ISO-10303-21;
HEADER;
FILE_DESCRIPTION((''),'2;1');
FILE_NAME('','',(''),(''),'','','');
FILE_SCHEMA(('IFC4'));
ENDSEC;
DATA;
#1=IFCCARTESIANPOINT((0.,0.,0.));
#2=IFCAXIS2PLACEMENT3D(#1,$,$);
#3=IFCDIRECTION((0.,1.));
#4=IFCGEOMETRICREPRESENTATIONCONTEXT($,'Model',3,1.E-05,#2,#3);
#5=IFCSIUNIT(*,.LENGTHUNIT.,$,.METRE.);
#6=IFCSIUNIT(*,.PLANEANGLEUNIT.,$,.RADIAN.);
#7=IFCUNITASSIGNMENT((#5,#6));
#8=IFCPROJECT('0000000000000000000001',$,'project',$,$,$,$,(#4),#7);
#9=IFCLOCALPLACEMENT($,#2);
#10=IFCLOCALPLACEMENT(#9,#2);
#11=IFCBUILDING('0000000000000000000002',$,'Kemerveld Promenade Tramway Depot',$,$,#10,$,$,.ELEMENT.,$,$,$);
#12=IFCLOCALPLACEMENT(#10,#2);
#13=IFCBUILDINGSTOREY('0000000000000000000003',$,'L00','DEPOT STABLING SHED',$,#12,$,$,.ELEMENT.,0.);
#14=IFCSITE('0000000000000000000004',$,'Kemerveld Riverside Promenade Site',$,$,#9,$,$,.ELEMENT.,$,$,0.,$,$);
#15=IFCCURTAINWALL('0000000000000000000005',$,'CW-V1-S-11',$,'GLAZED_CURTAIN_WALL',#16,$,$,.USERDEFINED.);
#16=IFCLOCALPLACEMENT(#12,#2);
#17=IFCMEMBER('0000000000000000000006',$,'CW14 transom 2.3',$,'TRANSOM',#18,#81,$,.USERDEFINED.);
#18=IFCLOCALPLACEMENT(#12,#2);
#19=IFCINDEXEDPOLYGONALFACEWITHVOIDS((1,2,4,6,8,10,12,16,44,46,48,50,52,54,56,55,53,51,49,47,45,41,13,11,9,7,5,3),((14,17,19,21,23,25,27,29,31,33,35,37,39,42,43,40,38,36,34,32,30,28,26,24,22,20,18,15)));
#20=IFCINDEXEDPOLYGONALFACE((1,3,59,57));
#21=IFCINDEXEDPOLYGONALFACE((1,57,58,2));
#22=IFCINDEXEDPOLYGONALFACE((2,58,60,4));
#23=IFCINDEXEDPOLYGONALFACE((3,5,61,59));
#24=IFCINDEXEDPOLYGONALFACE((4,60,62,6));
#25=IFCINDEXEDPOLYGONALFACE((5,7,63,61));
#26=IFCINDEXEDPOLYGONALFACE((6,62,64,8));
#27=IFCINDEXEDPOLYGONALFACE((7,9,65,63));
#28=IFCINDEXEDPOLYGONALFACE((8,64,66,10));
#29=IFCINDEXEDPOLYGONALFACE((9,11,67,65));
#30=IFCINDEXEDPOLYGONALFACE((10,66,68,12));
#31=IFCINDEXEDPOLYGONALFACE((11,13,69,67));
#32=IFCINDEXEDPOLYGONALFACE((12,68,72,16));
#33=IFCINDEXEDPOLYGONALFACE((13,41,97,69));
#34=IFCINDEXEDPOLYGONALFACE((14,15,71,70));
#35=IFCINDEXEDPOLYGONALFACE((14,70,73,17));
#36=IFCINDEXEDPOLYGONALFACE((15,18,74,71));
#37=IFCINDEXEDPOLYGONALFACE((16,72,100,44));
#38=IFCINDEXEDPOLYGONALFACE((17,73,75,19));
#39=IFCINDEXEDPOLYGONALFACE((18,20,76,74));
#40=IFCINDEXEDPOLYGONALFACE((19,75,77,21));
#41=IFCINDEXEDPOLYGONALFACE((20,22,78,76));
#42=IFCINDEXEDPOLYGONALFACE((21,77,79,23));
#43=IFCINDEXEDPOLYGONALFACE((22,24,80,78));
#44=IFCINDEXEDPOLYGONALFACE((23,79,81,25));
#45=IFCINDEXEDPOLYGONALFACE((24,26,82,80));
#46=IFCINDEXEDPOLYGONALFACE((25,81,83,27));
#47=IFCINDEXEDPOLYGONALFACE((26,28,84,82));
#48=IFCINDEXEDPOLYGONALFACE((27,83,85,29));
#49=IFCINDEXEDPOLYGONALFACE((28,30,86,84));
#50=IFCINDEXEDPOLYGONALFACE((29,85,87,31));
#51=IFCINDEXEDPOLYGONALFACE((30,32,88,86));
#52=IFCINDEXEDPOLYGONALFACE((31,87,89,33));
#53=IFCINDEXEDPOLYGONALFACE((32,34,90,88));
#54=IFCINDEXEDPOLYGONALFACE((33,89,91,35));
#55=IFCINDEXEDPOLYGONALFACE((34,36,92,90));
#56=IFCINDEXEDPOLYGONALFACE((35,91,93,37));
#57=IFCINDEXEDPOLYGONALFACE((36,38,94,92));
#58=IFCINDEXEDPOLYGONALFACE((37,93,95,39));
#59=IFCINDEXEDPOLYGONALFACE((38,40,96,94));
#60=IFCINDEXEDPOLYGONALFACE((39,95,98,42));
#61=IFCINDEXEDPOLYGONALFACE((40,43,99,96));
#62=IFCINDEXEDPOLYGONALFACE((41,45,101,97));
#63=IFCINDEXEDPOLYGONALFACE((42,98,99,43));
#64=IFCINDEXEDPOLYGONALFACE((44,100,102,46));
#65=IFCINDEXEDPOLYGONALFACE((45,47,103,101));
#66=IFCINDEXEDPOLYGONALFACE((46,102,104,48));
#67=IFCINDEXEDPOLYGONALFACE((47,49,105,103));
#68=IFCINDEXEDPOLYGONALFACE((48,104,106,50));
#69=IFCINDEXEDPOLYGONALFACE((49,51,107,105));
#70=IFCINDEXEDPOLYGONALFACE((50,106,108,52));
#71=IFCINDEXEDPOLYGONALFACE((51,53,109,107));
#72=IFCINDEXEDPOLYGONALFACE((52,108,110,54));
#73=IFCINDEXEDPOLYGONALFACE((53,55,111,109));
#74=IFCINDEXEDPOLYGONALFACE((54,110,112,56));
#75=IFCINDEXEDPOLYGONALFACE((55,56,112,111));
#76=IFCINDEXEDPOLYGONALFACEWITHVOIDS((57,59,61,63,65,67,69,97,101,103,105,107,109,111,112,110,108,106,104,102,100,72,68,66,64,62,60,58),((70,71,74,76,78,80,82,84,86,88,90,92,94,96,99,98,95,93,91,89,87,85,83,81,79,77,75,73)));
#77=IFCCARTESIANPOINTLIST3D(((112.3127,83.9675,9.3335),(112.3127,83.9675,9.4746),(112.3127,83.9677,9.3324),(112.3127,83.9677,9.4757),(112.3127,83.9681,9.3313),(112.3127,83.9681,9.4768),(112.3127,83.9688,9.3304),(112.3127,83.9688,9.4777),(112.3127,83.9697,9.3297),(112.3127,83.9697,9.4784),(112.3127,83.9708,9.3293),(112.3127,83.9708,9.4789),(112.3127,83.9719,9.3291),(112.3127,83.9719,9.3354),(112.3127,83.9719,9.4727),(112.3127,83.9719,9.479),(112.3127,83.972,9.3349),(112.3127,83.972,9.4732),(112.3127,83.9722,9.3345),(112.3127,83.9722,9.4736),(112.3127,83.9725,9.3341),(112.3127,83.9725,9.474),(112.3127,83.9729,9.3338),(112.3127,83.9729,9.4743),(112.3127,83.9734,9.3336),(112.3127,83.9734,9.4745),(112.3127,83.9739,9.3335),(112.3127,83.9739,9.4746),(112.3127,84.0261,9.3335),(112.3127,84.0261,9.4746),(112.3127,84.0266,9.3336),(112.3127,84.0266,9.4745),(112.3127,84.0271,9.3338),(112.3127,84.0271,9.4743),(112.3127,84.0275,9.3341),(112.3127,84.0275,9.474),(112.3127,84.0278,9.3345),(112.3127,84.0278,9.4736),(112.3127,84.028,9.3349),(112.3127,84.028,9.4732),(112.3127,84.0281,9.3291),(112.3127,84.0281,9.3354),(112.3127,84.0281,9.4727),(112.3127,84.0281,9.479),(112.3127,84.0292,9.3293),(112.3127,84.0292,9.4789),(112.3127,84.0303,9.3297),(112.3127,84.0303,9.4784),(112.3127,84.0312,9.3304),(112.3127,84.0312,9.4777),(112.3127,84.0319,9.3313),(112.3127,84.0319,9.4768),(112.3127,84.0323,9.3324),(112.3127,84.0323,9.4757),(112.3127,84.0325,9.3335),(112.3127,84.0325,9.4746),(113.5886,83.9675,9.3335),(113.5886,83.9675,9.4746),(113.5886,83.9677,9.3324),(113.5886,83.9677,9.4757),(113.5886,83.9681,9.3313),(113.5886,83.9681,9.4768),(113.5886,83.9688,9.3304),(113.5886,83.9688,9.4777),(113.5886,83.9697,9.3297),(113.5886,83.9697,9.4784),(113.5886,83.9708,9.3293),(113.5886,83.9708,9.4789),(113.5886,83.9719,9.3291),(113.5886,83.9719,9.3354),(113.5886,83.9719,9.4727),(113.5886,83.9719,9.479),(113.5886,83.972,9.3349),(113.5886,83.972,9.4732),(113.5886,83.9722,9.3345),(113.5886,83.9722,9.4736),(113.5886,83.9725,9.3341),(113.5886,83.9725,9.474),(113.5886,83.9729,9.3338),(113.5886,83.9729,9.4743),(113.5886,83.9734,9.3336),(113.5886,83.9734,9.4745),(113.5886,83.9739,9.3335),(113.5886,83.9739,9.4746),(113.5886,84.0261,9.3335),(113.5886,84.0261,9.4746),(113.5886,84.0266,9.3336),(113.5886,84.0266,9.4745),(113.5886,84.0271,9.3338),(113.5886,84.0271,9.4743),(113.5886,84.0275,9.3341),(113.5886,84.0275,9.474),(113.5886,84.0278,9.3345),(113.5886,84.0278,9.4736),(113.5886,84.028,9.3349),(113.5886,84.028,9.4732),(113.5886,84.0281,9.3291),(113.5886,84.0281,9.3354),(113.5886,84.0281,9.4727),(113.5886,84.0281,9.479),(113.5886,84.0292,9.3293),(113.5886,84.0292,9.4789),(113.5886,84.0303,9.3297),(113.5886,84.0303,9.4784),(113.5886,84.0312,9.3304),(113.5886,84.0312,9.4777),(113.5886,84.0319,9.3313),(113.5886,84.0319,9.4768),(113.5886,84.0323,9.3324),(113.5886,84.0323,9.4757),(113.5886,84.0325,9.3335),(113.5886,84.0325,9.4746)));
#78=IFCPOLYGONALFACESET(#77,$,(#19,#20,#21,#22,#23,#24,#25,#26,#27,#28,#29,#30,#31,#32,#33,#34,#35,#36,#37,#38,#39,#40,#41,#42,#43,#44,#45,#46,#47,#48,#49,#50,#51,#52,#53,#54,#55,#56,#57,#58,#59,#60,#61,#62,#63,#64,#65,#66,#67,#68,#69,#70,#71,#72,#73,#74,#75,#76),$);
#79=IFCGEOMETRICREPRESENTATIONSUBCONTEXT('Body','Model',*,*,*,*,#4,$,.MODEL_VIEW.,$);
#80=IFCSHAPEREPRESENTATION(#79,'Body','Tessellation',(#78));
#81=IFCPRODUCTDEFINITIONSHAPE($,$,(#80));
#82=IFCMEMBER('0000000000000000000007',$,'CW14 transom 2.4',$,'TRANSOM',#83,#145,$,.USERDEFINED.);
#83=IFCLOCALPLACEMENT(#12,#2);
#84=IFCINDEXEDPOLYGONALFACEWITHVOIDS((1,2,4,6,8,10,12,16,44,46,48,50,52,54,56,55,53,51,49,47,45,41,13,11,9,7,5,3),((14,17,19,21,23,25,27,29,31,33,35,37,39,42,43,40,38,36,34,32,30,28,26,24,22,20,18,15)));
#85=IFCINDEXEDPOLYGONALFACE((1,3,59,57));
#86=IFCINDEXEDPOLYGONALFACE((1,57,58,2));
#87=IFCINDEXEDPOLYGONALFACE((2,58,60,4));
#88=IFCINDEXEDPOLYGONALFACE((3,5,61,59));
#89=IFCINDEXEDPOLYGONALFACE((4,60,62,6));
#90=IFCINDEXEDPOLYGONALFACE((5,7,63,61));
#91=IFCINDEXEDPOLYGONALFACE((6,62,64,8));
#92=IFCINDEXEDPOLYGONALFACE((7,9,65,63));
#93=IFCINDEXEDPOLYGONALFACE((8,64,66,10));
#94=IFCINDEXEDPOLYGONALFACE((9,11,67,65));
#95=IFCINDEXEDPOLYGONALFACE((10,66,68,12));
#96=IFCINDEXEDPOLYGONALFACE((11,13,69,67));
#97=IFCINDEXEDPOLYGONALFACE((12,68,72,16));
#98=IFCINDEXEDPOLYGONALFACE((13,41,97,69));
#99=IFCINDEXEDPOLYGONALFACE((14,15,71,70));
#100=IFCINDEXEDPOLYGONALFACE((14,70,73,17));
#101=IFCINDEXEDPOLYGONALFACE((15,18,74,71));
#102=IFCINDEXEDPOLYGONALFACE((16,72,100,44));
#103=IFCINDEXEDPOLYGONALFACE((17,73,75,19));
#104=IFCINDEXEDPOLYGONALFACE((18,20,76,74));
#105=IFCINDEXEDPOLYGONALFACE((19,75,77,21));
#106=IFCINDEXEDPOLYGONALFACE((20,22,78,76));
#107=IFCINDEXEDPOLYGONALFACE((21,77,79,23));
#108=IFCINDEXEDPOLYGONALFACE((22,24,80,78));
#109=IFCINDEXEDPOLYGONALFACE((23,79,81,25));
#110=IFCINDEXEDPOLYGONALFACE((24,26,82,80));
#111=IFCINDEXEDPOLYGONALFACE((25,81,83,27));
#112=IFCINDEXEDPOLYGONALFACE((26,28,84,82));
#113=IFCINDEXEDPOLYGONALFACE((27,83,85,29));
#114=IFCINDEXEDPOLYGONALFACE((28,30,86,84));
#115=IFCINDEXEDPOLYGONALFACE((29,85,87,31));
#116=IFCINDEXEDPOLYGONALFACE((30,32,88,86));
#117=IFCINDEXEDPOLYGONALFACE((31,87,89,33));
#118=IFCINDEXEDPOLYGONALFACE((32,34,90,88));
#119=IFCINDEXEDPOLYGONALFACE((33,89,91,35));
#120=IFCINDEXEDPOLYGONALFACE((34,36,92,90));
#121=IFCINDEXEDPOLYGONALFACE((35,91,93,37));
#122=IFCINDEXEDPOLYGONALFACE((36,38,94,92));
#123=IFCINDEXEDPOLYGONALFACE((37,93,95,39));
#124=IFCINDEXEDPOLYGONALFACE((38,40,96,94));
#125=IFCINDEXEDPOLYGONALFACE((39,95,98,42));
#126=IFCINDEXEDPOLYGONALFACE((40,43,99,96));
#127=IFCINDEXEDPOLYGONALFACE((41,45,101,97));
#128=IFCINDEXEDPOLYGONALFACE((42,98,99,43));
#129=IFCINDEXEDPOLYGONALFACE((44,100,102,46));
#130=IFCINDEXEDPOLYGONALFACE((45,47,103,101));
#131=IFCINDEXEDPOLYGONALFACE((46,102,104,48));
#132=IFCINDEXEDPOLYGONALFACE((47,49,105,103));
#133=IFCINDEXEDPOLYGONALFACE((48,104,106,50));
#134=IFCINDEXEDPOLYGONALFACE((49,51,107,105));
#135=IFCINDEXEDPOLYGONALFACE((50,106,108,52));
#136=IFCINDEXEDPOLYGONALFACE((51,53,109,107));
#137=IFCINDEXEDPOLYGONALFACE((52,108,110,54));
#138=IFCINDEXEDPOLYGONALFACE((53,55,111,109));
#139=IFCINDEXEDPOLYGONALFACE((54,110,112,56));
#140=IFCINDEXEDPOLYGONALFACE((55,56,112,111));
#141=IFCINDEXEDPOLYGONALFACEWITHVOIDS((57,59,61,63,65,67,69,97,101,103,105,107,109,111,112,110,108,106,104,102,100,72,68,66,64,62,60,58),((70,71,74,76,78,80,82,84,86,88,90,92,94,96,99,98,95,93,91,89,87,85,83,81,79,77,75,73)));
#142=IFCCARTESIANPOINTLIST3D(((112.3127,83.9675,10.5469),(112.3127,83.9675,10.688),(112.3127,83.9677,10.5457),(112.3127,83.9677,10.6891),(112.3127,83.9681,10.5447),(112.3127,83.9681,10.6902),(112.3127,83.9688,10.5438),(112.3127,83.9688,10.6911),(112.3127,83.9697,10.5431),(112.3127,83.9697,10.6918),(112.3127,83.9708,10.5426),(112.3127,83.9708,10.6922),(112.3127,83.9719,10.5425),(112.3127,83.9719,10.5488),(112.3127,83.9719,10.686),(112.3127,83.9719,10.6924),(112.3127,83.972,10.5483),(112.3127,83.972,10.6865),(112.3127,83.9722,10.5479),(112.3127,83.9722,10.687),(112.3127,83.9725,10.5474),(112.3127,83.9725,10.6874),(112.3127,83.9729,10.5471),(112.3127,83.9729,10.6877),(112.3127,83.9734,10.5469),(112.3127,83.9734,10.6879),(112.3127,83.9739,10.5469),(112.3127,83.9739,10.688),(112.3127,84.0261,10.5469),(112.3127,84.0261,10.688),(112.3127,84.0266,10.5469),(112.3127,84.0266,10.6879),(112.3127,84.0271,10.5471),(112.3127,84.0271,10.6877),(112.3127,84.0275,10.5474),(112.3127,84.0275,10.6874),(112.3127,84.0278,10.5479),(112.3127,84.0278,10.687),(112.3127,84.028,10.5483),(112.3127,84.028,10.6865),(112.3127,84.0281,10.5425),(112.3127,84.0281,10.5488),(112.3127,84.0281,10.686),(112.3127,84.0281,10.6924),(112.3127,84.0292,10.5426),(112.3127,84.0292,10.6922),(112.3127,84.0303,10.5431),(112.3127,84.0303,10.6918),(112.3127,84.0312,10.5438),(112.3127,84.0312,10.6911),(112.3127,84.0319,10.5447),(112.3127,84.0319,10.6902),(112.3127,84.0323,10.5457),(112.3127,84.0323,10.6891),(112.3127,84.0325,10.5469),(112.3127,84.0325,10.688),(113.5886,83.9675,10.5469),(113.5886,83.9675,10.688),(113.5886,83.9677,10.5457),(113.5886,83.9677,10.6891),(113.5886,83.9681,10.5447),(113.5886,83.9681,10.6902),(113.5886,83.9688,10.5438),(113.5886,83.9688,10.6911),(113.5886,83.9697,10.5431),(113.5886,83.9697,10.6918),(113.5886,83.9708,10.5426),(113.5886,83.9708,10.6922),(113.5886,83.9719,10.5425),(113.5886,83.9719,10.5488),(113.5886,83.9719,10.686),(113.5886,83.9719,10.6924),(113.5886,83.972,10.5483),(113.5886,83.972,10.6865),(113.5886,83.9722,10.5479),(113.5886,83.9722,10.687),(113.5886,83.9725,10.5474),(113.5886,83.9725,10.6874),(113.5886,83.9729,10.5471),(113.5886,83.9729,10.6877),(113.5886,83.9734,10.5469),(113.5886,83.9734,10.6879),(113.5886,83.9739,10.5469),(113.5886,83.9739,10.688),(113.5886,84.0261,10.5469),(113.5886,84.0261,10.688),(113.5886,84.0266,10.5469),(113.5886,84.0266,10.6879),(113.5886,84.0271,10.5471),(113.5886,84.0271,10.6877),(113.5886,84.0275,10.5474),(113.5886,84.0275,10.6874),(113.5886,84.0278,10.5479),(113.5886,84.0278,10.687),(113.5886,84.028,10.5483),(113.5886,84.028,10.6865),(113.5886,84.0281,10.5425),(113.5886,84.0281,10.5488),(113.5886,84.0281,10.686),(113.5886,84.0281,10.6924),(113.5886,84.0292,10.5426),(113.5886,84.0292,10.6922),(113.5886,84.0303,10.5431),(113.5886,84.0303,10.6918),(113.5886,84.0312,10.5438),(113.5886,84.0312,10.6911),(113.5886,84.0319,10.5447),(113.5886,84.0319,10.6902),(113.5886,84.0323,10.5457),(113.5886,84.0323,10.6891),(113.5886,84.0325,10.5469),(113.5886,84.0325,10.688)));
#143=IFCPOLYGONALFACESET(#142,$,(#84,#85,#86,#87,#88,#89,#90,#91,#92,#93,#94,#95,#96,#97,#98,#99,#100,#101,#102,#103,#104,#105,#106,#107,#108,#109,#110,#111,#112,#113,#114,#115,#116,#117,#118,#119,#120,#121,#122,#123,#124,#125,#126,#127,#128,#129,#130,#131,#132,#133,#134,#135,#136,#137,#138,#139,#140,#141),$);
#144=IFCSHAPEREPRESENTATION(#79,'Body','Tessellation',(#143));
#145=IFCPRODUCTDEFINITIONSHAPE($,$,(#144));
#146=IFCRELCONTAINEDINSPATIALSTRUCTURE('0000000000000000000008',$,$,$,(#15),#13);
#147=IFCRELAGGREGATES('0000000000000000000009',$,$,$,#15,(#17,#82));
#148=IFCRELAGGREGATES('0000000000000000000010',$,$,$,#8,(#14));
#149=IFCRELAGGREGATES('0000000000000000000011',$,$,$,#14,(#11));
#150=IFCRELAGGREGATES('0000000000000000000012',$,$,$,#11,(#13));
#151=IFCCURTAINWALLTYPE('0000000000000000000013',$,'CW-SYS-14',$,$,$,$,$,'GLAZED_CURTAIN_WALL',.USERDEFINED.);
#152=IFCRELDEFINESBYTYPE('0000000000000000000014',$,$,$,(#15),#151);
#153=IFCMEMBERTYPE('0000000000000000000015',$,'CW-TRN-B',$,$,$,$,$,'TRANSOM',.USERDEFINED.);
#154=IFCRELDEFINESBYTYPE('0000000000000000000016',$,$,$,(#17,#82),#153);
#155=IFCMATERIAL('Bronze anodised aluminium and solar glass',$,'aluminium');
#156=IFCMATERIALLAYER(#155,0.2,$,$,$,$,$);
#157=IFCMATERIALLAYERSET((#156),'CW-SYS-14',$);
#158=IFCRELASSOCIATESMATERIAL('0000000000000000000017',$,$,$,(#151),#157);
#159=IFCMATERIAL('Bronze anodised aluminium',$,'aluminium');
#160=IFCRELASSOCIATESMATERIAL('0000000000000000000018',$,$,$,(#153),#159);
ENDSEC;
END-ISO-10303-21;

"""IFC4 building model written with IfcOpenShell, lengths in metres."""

from ifc_helpers import new_model, si_unit, direction, frame, origin, origin_2d, place, context, subcontext, project, spatial, hollow_rectangle, extrude, material, layer, layer_set, material_profile, profile_set, type_object, element, aggregate, save


model = new_model("IFC4")

# Units and contexts
model_context = context("Model", 3, precision=1e-05, world=origin(), true_north=direction((0.0, 1.0)))
body_context = subcontext(model_context, "Body", "Model", "MODEL_VIEW")
ifc_project = project(units=[si_unit("LENGTHUNIT", "METRE"), si_unit("PLANEANGLEUNIT", "RADIAN")], contexts=[model_context])

# Site, building, storey
site_placement = place(None, origin())
site = spatial("IfcSite", under=ifc_project, at=site_placement, Name="Kemerveld Riverside Promenade Site", CompositionType="ELEMENT", RefElevation=0.0)
building_placement = place(site_placement, origin())
building = spatial("IfcBuilding", under=site, at=building_placement, Name="Kemerveld Promenade Tramway Depot", CompositionType="ELEMENT")
storey_placement = place(building_placement, origin())
storey = spatial("IfcBuildingStorey", under=building, at=storey_placement, Name="L00", Description="DEPOT STABLING SHED", CompositionType="ELEMENT", Elevation=0.0)

# Curtain wall, members
ifc_material_1 = material(Name="Bronze anodised aluminium and solar glass", Category="aluminium")
ifc_material_2 = material(Name="Bronze anodised aluminium", Category="aluminium")
ifc_layer_1 = layer(ifc_material_1, 0.2)
ifc_layer_set_1 = layer_set([ifc_layer_1], Name="CW-SYS-14")
curtain_wall_type_1 = type_object("IfcCurtainWallType", Name="CW-SYS-14", ElementType="GLAZED_CURTAIN_WALL", PredefinedType="USERDEFINED", material=ifc_layer_set_1)
curtain_wall_1_placement = place(storey_placement, origin())
curtain_wall_1 = element("IfcCurtainWall", 1, at=curtain_wall_1_placement, inside=storey, type_object=curtain_wall_type_1, Name="CW-V1-S-11", ObjectType="GLAZED_CURTAIN_WALL", PredefinedType="USERDEFINED")
ifc_material_profile_1 = material_profile(ifc_material_2, hollow_rectangle(XDim=0.0649, YDim=0.1499, WallThickness=0.0044, InnerFilletRadius=0.002, OuterFilletRadius=0.0044, at=origin_2d()), Name="CW-TRN-150x65")
ifc_profile_set_1 = profile_set([ifc_material_profile_1], Name="Bronze anodised aluminium")
member_type_1 = type_object("IfcMemberType", Name="CW-TRN-B", ElementType="TRANSOM", PredefinedType="USERDEFINED", material=ifc_profile_set_1)
member_1_placement = place(storey_placement, frame((113.5886, 84.0, 9.4041), z_axis=(-1.0, 0.0, 0.0), x_axis=(0.0, -1.0, 0.0)))
member_1 = element("IfcMember", 2, at=member_1_placement, type_object=member_type_1, Name="CW14 transom 2.3", ObjectType="TRANSOM", PredefinedType="USERDEFINED", context=body_context, shape_type="SweptSolid", body=[
    extrude(hollow_rectangle(XDim=0.0649, YDim=0.1499, WallThickness=0.0044, InnerFilletRadius=0.002, OuterFilletRadius=0.0044, at=origin_2d()), origin(), (0.0, 0.0, 1.0), 1.2759),
])
member_2_placement = place(storey_placement, frame((113.5886, 84.0, 10.6174), z_axis=(-1.0, 0.0, 0.0), x_axis=(0.0, -1.0, 0.0)))
member_2 = element("IfcMember", 3, at=member_2_placement, type_object=member_type_1, Name="CW14 transom 2.4", ObjectType="TRANSOM", PredefinedType="USERDEFINED", context=body_context, shape_type="SweptSolid", body=[
    extrude(hollow_rectangle(XDim=0.0649, YDim=0.1499, WallThickness=0.0044, InnerFilletRadius=0.002, OuterFilletRadius=0.0044, at=origin_2d()), origin(), (0.0, 0.0, 1.0), 1.2759),
])

aggregate(curtain_wall_1, [member_1, member_2])

save(model, "model.ifc")
